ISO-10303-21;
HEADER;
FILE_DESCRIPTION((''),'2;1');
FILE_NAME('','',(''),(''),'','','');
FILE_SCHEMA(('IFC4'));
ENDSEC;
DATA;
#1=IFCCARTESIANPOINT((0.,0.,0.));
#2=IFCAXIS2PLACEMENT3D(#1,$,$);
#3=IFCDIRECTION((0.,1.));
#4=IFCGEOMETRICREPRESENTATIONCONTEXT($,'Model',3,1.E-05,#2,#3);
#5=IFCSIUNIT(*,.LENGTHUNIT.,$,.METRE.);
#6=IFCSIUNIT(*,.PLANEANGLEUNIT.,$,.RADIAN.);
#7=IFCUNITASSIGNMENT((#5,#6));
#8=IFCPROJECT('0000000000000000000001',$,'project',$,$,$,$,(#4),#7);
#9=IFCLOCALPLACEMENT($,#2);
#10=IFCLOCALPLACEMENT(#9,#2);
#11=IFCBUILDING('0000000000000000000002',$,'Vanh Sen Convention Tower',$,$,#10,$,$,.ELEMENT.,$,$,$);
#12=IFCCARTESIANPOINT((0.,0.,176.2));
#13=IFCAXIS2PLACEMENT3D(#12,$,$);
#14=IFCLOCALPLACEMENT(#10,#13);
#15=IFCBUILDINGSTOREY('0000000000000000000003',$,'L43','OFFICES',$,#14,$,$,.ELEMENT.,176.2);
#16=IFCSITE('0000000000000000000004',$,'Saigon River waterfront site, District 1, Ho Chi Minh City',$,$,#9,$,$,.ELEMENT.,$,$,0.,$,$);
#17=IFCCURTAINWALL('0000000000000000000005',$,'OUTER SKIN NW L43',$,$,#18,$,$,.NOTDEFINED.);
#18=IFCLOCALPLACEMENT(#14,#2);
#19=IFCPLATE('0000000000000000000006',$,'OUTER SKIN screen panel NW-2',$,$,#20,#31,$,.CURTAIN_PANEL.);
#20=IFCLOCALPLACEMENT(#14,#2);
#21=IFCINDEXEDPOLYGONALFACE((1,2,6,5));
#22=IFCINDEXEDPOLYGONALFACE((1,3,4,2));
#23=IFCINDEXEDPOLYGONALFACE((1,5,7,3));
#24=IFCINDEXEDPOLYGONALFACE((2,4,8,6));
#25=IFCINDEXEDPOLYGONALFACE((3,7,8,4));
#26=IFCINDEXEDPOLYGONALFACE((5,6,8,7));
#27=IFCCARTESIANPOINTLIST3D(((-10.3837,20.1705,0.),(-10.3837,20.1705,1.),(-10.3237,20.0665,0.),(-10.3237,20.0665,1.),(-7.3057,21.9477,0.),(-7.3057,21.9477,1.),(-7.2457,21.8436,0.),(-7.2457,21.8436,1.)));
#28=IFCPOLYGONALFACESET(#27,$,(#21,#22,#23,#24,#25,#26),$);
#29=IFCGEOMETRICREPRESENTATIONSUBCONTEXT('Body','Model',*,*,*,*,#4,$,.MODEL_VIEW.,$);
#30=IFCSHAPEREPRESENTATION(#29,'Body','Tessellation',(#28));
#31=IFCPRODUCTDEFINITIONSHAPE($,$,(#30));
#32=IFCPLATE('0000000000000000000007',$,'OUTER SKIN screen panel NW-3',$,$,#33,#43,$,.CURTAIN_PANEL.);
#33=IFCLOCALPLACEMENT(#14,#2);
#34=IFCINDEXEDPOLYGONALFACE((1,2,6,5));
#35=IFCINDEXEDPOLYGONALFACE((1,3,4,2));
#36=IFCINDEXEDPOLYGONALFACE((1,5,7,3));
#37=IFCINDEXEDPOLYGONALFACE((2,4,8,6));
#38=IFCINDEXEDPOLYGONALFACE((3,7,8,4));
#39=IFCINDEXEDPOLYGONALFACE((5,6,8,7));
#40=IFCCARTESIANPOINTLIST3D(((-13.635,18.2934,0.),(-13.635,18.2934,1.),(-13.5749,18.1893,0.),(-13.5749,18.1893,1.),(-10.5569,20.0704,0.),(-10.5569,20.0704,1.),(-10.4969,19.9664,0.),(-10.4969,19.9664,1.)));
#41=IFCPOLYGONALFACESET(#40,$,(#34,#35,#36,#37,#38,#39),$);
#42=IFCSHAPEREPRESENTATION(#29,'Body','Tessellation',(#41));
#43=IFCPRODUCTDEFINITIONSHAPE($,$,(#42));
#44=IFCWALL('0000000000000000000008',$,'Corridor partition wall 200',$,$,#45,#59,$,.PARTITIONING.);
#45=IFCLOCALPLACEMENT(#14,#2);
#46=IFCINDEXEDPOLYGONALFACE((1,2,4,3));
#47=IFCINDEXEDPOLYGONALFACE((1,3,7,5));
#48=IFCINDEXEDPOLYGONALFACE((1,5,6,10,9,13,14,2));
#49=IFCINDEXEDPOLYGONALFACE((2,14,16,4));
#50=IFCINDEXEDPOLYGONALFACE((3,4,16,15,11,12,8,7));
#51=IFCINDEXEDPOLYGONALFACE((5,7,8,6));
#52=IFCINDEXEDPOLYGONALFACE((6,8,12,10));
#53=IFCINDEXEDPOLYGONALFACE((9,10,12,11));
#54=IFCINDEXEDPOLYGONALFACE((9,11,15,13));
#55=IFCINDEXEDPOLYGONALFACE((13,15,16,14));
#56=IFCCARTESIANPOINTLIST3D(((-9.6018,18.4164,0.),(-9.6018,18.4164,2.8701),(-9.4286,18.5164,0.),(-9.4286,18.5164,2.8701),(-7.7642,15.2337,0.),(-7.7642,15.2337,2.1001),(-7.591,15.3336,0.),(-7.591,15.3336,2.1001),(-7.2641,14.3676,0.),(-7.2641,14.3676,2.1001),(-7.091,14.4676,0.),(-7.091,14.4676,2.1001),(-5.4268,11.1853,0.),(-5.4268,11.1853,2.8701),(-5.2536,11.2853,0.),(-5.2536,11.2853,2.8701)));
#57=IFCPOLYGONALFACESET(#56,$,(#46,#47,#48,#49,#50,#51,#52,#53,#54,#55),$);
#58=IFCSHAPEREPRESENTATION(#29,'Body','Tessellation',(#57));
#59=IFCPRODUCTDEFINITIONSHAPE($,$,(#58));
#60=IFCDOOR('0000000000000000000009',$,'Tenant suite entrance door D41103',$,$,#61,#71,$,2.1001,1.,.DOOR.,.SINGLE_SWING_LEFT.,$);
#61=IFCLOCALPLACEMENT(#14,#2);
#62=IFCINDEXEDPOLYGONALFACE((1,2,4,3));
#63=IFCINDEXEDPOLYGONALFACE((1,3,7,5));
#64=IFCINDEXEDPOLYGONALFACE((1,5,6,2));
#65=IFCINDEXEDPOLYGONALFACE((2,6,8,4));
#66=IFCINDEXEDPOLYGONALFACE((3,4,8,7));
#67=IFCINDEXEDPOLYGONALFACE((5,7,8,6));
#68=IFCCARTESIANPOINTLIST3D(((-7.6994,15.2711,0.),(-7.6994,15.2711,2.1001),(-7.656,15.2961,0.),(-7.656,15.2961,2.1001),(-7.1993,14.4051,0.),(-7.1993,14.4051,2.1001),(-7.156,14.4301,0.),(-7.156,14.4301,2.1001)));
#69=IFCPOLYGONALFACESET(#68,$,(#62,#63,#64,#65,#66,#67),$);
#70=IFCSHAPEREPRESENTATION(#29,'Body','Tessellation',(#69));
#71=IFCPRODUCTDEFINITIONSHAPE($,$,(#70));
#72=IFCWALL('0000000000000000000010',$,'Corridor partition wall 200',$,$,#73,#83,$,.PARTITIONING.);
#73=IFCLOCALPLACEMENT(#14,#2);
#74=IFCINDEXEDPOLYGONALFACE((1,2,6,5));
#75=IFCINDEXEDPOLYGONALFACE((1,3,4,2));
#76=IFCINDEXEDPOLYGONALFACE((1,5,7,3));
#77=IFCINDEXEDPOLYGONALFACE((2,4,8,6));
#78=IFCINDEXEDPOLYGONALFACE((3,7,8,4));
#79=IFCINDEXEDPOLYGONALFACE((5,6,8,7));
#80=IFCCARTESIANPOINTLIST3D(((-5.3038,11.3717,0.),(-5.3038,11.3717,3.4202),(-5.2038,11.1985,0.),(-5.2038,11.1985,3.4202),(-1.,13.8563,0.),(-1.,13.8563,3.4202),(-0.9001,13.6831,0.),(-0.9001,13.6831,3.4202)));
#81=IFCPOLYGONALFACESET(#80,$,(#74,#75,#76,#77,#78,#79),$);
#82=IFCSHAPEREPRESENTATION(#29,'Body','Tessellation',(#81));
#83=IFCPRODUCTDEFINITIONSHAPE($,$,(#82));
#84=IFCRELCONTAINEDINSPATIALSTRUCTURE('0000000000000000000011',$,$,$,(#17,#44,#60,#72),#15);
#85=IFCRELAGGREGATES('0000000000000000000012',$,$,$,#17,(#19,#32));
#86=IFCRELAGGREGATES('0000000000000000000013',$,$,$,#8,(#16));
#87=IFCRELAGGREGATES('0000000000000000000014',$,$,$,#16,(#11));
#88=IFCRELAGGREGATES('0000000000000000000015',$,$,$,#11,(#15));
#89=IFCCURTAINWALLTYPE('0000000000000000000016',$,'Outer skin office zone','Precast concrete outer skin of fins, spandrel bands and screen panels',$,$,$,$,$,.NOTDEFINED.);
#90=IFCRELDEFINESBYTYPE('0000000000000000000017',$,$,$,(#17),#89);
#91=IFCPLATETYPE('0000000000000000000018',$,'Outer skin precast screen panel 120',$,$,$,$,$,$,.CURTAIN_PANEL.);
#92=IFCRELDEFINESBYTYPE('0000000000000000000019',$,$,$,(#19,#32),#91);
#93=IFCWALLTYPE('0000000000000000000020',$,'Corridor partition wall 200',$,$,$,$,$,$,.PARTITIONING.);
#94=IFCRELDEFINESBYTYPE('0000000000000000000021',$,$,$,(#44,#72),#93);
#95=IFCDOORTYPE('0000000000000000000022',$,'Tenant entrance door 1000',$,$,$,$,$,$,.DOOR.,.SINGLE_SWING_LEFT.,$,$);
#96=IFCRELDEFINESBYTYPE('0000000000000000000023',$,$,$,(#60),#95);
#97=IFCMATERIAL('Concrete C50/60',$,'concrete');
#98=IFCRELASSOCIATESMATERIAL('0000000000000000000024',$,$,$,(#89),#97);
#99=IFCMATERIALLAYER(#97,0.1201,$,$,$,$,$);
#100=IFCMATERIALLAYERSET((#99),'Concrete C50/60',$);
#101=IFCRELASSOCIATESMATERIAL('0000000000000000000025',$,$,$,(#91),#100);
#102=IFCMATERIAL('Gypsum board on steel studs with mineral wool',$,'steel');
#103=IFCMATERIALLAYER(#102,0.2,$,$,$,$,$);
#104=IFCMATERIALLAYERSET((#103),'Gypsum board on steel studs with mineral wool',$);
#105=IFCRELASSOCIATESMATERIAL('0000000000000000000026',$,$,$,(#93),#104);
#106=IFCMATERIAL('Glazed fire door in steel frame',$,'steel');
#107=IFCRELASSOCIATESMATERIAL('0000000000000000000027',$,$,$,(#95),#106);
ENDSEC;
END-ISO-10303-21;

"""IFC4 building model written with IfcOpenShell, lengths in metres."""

from ifc_helpers import new_model, si_unit, direction, frame, frame_2d, origin, origin_2d, place, context, subcontext, project, spatial, rectangle, extrude, material, layer, layer_set, type_object, element, fill, aggregate, save


model = new_model("IFC4")

# Units and contexts
model_context = context("Model", 3, precision=1e-05, world=origin(), true_north=direction((0.0, 1.0)))
body_context = subcontext(model_context, "Body", "Model", "MODEL_VIEW")
ifc_project = project(units=[si_unit("LENGTHUNIT", "METRE"), si_unit("PLANEANGLEUNIT", "RADIAN")], contexts=[model_context])

# Site, building, storey
site_placement = place(None, origin())
site = spatial("IfcSite", under=ifc_project, at=site_placement, Name="Saigon River waterfront site, District 1, Ho Chi Minh City", CompositionType="ELEMENT", RefElevation=0.0)
building_placement = place(site_placement, origin())
building = spatial("IfcBuilding", under=site, at=building_placement, Name="Vanh Sen Convention Tower", CompositionType="ELEMENT")
storey_placement = place(building_placement, frame((0.0, 0.0, 176.2)))
storey = spatial("IfcBuildingStorey", under=building, at=storey_placement, Name="L43", Description="OFFICES", CompositionType="ELEMENT", Elevation=176.2)

# Curtain wall
ifc_material_1 = material(Name="Concrete C50/60", Category="concrete")
curtain_wall_type = type_object("IfcCurtainWallType", Name="Outer skin office zone", Description="Precast concrete outer skin of fins, spandrel bands and screen panels", PredefinedType="NOTDEFINED", material=ifc_material_1)
curtain_wall_1_placement = place(storey_placement, origin())
curtain_wall_1 = element("IfcCurtainWall", 1, at=curtain_wall_1_placement, inside=storey, type_object=curtain_wall_type, Name="OUTER SKIN NW L43", PredefinedType="NOTDEFINED")

# Shared definitions
ifc_layer_1 = layer(ifc_material_1, 0.1201)
ifc_layer_set_1 = layer_set([ifc_layer_1], Name="Concrete C50/60")
plate_type = type_object("IfcPlateType", Name="Outer skin precast screen panel 120", PredefinedType="CURTAIN_PANEL", material=ifc_layer_set_1)

# Plates
plate_1_placement = place(storey_placement, frame((-8.8147, 21.0071, 0.0), z_axis=(0.0, 0.0, 1.0), x_axis=(-0.866017, -0.500015, 0.0)))
plate_1 = element("IfcPlate", 2, at=plate_1_placement, type_object=plate_type, Name="OUTER SKIN screen panel NW-2", PredefinedType="CURTAIN_PANEL", context=body_context, shape_type="SweptSolid", body=[
    extrude(rectangle(XDim=3.5542, YDim=0.1201, at=origin_2d()), origin(), (0.0, 0.0, 1.0), 1.0),
])
plate_2_placement = place(storey_placement, frame((-12.0659, 19.1299, 0.0), z_axis=(0.0, 0.0, 1.0), x_axis=(-0.866035, -0.499983, 0.0)))
plate_2 = element("IfcPlate", 3, at=plate_2_placement, type_object=plate_type, Name="OUTER SKIN screen panel NW-3", PredefinedType="CURTAIN_PANEL", context=body_context, shape_type="SweptSolid", body=[
    extrude(rectangle(XDim=3.5542, YDim=0.1201, at=origin_2d()), origin(), (0.0, 0.0, 1.0), 1.0),
])
aggregate(curtain_wall_1, [plate_1, plate_2])

# Wall, opening, door
ifc_material_2 = material(Name="Gypsum board on steel studs with mineral wool", Category="steel")
ifc_layer_2 = layer(ifc_material_2, 0.2)
ifc_layer_set_2 = layer_set([ifc_layer_2], Name="Gypsum board on steel studs with mineral wool")
wall_type_1 = type_object("IfcWallType", Name="Corridor partition wall 200", PredefinedType="PARTITIONING", material=ifc_layer_set_2)
wall_1_placement = place(storey_placement, frame((-9.5151, 18.4663, 0.0), z_axis=(0.0, 0.0, 1.0), x_axis=(0.50001, -0.86602, 0.0)))
wall_1 = element("IfcWall", 4, at=wall_1_placement, inside=storey, type_object=wall_type_1, Name="Corridor partition wall 200", PredefinedType="PARTITIONING", context=body_context, shape_type="SweptSolid", body=[
    extrude(rectangle(XDim=8.3499, YDim=0.2, at=frame_2d((4.1748, 0.0))), origin(), (0.0, 0.0, 1.0), 2.8701),
])
opening_1_placement = place(wall_1_placement, frame((3.675, 0.0, 0.0)))
opening_1 = element("IfcOpeningElement", 5, at=opening_1_placement, cuts=wall_1, PredefinedType="OPENING", context=body_context, shape_type="SweptSolid", body=[
    extrude(rectangle(XDim=1.0, YDim=2.1001, at=frame_2d((0.5, 1.05))), frame((0.0, 0.1099, 0.0), z_axis=(0.0, -1.0, 0.0), x_axis=(1.0, 0.0, 0.0)), (0.0, 0.0, 1.0), 0.22),
])
ifc_material_3 = material(Name="Glazed fire door in steel frame", Category="steel")
door_type = type_object("IfcDoorType", Name="Tenant entrance door 1000", OperationType="SINGLE_SWING_LEFT", PredefinedType="DOOR", material=ifc_material_3)
door_placement = place(opening_1_placement, origin())
door = element("IfcDoor", 6, at=door_placement, inside=storey, type_object=door_type, Name="Tenant suite entrance door D41103", OperationType="SINGLE_SWING_LEFT", OverallHeight=2.1001, OverallWidth=1.0, PredefinedType="DOOR", context=body_context, shape_type="SweptSolid", body=[
    extrude(rectangle(XDim=1.0, YDim=2.1001, at=frame_2d((0.5, 1.05))), frame((0.0, 0.0249, 0.0), z_axis=(0.0, -1.0, 0.0), x_axis=(1.0, 0.0, 0.0)), (0.0, 0.0, 1.0), 0.05),
])
fill(opening_1, door)

# Wall
wall_2_placement = place(storey_placement, frame((-0.95, 13.7698, 0.0), z_axis=(0.0, 0.0, 1.0), x_axis=(-0.866037, -0.49998, 0.0)))
element("IfcWall", 7, at=wall_2_placement, inside=storey, type_object=wall_type_1, Name="Corridor partition wall 200", PredefinedType="PARTITIONING", context=body_context, shape_type="SweptSolid", body=[
    extrude(rectangle(XDim=4.9695, YDim=0.2, at=frame_2d((2.4849, 0.0))), origin(), (0.0, 0.0, 1.0), 3.4202),
])

save(model, "model.ifc")
